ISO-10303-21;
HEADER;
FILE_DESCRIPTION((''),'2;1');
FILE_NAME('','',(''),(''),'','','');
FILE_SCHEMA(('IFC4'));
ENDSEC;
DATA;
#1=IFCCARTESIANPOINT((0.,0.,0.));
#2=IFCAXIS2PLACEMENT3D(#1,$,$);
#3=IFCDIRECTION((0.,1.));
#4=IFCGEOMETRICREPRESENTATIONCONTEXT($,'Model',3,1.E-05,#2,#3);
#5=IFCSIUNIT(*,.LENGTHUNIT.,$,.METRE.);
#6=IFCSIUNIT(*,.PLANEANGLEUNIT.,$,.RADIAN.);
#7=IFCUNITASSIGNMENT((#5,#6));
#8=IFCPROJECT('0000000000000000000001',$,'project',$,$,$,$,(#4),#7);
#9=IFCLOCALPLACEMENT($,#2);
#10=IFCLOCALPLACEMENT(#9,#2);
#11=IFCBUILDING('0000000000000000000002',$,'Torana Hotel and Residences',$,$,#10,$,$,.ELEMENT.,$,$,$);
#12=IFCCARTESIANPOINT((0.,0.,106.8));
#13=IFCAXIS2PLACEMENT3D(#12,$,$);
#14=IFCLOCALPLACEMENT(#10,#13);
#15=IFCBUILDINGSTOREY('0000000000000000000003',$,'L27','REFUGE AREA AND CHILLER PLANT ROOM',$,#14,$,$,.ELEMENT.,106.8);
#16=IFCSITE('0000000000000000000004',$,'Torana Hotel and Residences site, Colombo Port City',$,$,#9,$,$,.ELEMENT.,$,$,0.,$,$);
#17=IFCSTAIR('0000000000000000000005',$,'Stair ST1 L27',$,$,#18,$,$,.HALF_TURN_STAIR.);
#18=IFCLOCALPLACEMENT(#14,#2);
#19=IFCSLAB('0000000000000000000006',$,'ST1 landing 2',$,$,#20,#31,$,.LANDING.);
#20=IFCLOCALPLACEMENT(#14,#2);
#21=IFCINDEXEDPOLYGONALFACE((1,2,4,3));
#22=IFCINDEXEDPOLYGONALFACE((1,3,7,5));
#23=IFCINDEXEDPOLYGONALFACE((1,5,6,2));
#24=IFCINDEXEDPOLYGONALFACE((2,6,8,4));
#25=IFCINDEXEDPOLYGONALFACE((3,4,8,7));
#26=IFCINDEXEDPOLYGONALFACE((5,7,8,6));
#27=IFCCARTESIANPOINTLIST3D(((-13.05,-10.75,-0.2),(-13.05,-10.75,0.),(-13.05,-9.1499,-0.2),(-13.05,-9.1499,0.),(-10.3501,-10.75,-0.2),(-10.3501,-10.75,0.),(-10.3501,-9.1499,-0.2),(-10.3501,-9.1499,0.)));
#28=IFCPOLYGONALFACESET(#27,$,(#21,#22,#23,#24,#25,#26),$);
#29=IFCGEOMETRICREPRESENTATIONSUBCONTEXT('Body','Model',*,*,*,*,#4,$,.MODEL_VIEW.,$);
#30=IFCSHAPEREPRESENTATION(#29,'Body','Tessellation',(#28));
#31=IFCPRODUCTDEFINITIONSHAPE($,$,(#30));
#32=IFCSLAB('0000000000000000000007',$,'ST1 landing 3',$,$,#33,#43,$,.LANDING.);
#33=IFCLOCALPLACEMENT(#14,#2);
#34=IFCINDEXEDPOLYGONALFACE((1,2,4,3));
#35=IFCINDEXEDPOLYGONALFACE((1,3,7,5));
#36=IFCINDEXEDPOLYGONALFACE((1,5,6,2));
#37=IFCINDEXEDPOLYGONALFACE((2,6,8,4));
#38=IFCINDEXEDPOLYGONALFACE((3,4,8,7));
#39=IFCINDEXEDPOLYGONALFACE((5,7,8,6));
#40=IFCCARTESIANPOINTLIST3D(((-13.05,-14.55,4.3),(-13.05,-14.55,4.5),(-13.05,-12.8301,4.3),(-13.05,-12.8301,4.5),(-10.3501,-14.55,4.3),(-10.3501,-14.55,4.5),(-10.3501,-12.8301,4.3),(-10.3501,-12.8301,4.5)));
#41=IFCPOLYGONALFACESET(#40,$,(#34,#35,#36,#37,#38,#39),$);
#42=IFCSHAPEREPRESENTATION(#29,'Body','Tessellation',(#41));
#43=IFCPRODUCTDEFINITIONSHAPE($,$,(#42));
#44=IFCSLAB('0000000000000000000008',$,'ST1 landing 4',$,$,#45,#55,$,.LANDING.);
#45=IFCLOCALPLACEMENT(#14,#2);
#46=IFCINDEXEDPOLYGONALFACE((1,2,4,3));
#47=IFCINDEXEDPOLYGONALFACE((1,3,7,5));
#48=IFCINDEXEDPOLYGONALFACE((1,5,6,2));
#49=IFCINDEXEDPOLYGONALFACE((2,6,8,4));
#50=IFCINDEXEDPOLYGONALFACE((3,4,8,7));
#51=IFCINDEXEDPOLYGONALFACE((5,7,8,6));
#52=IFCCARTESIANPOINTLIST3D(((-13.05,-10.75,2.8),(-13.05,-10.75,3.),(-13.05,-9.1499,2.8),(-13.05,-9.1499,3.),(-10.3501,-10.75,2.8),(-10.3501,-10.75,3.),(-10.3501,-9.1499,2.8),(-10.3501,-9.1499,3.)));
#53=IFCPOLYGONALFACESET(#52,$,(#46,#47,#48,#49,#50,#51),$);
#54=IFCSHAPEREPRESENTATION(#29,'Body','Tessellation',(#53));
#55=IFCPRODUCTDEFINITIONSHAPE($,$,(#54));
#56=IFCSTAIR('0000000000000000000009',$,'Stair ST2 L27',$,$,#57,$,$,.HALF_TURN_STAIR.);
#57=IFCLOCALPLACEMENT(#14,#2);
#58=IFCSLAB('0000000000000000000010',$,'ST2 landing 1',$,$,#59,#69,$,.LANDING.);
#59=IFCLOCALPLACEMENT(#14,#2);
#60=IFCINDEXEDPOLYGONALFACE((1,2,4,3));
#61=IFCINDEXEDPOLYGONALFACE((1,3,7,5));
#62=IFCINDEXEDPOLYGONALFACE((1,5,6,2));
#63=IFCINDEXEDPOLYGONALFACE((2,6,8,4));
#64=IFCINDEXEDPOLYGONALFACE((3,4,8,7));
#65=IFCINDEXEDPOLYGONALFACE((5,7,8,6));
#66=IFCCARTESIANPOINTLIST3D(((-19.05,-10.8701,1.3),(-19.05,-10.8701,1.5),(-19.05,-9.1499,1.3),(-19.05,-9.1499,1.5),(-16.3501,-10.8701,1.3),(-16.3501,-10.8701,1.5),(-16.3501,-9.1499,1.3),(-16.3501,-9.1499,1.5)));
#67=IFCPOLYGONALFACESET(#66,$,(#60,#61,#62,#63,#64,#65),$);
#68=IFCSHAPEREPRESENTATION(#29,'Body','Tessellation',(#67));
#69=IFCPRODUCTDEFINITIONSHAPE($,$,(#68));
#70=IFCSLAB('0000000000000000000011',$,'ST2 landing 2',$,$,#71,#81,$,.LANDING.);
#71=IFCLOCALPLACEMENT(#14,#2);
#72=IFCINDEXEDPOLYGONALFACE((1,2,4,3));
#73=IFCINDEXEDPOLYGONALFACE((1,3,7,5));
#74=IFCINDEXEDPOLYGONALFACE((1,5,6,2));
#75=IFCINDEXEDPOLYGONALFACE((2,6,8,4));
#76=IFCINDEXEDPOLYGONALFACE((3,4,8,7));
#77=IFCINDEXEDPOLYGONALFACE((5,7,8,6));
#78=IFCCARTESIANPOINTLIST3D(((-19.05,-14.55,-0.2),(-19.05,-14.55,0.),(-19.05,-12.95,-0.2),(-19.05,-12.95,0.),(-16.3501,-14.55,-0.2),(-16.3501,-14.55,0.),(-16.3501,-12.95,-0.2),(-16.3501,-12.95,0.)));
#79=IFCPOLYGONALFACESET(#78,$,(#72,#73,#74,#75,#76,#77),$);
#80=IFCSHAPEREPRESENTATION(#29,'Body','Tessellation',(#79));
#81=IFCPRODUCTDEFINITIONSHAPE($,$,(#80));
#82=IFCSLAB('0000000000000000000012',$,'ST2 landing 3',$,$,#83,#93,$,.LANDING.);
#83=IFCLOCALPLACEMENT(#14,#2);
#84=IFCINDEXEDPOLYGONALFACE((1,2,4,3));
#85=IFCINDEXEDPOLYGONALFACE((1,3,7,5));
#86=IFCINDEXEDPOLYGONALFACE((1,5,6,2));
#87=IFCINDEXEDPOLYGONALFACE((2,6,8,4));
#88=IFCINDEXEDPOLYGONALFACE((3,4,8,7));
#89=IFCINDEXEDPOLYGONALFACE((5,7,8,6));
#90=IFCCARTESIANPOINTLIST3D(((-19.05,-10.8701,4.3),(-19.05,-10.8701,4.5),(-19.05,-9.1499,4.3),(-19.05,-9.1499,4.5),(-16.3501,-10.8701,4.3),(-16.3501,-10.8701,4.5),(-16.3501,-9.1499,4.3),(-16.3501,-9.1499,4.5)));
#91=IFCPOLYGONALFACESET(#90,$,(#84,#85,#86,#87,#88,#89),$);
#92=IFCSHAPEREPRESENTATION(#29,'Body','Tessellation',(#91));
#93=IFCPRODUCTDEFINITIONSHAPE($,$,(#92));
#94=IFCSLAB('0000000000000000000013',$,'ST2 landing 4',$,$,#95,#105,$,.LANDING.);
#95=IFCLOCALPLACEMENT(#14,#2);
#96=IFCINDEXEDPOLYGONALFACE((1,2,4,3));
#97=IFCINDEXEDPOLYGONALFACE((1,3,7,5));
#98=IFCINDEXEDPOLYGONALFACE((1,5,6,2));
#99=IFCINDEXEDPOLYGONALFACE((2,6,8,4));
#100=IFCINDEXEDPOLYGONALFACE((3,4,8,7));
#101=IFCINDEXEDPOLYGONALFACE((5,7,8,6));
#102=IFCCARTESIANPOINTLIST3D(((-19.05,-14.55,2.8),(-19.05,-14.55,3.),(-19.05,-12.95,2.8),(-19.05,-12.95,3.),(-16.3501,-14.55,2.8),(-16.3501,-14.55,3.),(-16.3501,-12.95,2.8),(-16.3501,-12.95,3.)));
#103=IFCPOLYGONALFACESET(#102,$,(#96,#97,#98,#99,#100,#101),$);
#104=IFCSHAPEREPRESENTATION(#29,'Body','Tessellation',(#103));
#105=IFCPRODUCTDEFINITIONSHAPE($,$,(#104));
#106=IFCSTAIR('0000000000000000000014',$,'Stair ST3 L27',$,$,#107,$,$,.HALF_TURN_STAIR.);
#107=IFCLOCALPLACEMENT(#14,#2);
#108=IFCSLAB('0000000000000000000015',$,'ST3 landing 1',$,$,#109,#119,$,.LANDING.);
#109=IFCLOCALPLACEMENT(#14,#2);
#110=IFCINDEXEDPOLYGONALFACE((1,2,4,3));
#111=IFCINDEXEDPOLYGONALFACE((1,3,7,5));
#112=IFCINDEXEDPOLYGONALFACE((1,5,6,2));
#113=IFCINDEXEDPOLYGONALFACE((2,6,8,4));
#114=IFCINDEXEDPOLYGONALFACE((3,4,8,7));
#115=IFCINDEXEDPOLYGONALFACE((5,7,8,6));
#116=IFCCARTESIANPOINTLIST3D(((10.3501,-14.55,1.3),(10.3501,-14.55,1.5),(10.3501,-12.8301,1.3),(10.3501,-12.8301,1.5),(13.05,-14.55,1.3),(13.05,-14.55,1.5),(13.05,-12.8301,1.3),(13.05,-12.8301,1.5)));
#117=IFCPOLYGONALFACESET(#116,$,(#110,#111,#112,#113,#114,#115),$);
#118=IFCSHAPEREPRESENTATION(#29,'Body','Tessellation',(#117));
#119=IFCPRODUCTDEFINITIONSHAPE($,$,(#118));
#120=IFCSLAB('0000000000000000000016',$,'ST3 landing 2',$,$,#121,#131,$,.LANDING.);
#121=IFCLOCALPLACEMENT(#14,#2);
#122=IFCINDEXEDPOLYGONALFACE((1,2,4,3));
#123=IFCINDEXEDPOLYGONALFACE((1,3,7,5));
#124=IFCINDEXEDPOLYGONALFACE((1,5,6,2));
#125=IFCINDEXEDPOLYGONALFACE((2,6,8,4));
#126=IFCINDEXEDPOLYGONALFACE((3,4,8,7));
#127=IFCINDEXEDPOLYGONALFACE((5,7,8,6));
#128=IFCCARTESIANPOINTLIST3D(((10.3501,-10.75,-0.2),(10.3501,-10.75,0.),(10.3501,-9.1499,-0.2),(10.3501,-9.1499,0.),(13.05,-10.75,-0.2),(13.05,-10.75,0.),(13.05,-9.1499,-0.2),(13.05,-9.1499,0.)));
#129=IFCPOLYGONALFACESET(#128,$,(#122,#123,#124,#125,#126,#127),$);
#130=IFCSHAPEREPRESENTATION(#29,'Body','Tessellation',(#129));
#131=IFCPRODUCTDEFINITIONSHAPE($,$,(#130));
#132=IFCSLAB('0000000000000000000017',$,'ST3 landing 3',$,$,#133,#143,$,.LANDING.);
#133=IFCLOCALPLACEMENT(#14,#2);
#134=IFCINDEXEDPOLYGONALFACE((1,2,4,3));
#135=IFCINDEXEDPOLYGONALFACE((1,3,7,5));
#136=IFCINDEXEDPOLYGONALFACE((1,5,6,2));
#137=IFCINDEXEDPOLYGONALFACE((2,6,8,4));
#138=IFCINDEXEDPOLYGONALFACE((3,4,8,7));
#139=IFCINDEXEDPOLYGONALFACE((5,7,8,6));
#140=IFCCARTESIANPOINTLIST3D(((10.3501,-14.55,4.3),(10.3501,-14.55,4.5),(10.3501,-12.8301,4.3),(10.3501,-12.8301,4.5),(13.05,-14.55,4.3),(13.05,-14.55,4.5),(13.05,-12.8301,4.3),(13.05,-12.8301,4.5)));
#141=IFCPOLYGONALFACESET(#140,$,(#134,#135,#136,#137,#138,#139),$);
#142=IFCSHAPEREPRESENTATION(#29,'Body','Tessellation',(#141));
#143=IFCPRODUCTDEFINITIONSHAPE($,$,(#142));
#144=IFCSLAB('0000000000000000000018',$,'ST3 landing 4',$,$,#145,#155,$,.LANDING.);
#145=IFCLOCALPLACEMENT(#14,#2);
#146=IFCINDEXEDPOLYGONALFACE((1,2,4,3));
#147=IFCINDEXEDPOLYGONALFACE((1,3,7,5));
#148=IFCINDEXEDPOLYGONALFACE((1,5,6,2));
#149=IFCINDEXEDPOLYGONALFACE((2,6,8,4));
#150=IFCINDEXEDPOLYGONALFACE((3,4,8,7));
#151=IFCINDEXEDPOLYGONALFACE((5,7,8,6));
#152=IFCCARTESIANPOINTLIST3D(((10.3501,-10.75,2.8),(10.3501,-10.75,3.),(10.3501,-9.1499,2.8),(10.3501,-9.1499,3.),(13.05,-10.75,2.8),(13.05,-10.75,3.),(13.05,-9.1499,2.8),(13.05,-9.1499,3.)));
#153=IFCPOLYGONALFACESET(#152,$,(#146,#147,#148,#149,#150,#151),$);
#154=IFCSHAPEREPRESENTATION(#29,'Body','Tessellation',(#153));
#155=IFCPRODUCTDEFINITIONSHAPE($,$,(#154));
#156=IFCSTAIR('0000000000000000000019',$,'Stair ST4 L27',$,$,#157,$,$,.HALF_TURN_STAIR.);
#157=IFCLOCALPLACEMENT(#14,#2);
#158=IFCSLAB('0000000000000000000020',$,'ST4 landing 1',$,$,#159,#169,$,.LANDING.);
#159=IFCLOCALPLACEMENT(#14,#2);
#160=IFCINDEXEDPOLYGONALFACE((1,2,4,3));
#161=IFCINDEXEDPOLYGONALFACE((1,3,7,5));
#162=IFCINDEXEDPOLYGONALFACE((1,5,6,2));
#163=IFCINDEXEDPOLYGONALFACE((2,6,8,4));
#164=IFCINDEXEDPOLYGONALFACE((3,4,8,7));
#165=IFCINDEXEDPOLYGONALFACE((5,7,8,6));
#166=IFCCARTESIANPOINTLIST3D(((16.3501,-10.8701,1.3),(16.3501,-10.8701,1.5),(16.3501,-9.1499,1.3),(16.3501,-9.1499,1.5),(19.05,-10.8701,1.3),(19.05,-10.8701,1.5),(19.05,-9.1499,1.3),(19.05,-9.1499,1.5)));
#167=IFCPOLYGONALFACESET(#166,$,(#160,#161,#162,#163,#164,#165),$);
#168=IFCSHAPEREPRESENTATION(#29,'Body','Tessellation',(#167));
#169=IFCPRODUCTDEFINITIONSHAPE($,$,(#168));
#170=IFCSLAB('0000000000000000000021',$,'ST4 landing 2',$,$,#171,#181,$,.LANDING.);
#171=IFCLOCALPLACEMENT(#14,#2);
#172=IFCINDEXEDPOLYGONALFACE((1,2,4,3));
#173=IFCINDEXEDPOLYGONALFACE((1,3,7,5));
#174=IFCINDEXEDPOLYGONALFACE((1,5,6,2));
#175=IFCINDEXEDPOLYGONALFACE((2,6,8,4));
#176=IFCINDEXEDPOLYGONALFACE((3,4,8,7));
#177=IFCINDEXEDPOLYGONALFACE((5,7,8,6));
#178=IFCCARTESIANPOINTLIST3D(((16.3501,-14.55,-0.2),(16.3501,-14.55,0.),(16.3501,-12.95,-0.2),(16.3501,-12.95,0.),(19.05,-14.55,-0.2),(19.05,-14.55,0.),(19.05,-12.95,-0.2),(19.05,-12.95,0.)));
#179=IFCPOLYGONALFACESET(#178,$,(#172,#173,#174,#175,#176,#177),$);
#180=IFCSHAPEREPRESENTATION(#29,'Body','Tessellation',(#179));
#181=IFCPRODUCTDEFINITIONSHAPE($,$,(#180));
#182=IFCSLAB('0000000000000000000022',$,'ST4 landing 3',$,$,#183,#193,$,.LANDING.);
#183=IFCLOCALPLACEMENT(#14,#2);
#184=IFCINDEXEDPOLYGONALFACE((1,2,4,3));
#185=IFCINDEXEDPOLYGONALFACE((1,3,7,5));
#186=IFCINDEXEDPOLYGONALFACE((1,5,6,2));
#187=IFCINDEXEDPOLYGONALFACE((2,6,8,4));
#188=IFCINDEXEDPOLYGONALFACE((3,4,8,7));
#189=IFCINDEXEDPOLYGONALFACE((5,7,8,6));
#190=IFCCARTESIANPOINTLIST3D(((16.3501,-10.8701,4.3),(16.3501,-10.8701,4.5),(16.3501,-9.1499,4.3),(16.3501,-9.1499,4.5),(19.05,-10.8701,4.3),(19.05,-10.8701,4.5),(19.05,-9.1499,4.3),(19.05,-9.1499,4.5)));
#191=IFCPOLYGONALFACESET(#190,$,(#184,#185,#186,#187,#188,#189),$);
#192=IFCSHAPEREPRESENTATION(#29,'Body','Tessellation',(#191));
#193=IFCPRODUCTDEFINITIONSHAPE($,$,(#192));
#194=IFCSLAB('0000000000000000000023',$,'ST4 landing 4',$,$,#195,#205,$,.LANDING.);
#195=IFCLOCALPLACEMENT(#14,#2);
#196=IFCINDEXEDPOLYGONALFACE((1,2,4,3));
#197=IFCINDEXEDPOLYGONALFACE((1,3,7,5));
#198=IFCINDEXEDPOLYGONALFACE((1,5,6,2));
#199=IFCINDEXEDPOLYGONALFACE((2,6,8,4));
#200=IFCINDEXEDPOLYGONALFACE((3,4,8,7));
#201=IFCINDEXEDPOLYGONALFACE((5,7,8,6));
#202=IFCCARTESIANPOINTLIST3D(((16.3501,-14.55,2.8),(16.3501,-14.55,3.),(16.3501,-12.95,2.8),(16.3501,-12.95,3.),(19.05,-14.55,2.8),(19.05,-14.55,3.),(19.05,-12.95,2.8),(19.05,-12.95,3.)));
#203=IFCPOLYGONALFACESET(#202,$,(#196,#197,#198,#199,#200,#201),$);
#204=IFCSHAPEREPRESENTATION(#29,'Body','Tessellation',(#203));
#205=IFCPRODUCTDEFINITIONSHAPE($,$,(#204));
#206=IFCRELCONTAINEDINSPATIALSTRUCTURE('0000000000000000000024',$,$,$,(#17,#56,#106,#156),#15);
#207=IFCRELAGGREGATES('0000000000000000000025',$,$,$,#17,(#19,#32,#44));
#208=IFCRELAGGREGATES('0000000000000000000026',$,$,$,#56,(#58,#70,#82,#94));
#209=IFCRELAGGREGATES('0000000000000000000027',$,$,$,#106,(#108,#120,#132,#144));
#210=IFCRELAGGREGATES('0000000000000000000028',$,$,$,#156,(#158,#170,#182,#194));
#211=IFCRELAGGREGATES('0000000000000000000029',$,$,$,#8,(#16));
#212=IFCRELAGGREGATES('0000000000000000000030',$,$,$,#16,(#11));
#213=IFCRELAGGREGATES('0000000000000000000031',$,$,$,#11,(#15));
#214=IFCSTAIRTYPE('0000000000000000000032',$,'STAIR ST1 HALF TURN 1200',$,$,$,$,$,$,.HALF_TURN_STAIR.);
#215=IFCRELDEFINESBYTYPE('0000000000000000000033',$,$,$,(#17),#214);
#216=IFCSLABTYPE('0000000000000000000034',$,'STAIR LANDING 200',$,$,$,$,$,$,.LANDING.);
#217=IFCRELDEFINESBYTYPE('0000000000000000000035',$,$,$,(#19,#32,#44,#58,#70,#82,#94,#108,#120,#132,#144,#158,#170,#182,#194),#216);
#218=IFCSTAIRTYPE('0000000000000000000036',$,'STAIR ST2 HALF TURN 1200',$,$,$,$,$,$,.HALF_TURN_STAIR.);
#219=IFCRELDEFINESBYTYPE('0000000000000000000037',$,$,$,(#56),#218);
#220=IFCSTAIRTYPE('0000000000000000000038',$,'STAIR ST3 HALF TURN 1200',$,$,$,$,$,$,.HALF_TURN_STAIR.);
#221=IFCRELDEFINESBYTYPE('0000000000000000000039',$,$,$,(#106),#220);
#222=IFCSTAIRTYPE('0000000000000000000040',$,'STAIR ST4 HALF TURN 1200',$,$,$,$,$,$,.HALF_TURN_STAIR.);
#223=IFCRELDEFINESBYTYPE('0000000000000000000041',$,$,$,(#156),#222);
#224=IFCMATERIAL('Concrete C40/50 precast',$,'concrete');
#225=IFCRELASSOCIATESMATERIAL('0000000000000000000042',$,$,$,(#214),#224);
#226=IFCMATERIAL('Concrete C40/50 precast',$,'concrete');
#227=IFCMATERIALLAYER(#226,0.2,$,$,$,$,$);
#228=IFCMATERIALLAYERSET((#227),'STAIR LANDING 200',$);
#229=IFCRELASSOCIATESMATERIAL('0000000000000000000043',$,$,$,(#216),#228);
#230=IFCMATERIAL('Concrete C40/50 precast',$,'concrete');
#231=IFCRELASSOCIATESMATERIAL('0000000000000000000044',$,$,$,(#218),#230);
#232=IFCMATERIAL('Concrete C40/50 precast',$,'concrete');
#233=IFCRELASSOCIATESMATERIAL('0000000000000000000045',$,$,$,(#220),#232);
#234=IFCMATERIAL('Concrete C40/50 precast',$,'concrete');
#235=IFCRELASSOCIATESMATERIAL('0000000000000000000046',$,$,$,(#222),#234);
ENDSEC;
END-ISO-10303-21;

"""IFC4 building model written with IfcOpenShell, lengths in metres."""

from ifc_helpers import new_model, si_unit, direction, frame, origin, place, context, subcontext, project, spatial, polyline, outline, extrude, material, layer, layer_set, type_object, element, aggregate, save


model = new_model("IFC4")

# Units and contexts
model_context = context("Model", 3, precision=1e-05, world=origin(), true_north=direction((0.0, 1.0)))
body_context = subcontext(model_context, "Body", "Model", "MODEL_VIEW")
ifc_project = project(units=[si_unit("LENGTHUNIT", "METRE"), si_unit("PLANEANGLEUNIT", "RADIAN")], contexts=[model_context])

# Site, building, storey
site_placement = place(None, origin())
site = spatial("IfcSite", under=ifc_project, at=site_placement, Name="Torana Hotel and Residences site, Colombo Port City", CompositionType="ELEMENT", RefElevation=0.0)
building_placement = place(site_placement, origin())
building = spatial("IfcBuilding", under=site, at=building_placement, Name="Torana Hotel and Residences", CompositionType="ELEMENT")
storey_placement = place(building_placement, frame((0.0, 0.0, 106.8)))
storey = spatial("IfcBuildingStorey", under=building, at=storey_placement, Name="L27", Description="REFUGE AREA AND CHILLER PLANT ROOM", CompositionType="ELEMENT", Elevation=106.8)

# Stairs, slabs
ifc_material_1 = material(Name="Concrete C40/50 precast", Category="concrete")
stair_type_1 = type_object("IfcStairType", Name="STAIR ST1 HALF TURN 1200", PredefinedType="HALF_TURN_STAIR", material=ifc_material_1)
stair_1_placement = place(storey_placement, origin())
stair_1 = element("IfcStair", 1, at=stair_1_placement, inside=storey, type_object=stair_type_1, Name="Stair ST1 L27", PredefinedType="HALF_TURN_STAIR")
ifc_material_2 = material(Name="Concrete C40/50 precast", Category="concrete")
ifc_layer_1 = layer(ifc_material_2, 0.2)
ifc_layer_set_1 = layer_set([ifc_layer_1], Name="STAIR LANDING 200")
slab_type_1 = type_object("IfcSlabType", Name="STAIR LANDING 200", PredefinedType="LANDING", material=ifc_layer_set_1)
slab_1_placement = place(storey_placement, frame((0.0, 0.0, -0.2)))
slab_1 = element("IfcSlab", 2, at=slab_1_placement, type_object=slab_type_1, Name="ST1 landing 2", PredefinedType="LANDING", context=body_context, shape_type="SweptSolid", body=[
    extrude(outline(polyline([(-13.05, -10.75), (-10.3501, -10.75), (-10.3501, -9.1499), (-13.05, -9.1499), (-13.05, -10.75)])), origin(), (0.0, 0.0, 1.0), 0.2),
])
slab_2_placement = place(storey_placement, frame((0.0, 0.0, 4.3)))
slab_2 = element("IfcSlab", 3, at=slab_2_placement, type_object=slab_type_1, Name="ST1 landing 3", PredefinedType="LANDING", context=body_context, shape_type="SweptSolid", body=[
    extrude(outline(polyline([(-13.05, -14.55), (-10.3501, -14.55), (-10.3501, -12.8301), (-13.05, -12.8301), (-13.05, -14.55)])), origin(), (0.0, 0.0, 1.0), 0.2),
])
slab_3_placement = place(storey_placement, frame((0.0, 0.0, 2.8)))
slab_3 = element("IfcSlab", 4, at=slab_3_placement, type_object=slab_type_1, Name="ST1 landing 4", PredefinedType="LANDING", context=body_context, shape_type="SweptSolid", body=[
    extrude(outline(polyline([(-13.05, -10.75), (-10.3501, -10.75), (-10.3501, -9.1499), (-13.05, -9.1499), (-13.05, -10.75)])), origin(), (0.0, 0.0, 1.0), 0.2),
])
aggregate(stair_1, [slab_1, slab_2, slab_3])
ifc_material_3 = material(Name="Concrete C40/50 precast", Category="concrete")
stair_type_2 = type_object("IfcStairType", Name="STAIR ST2 HALF TURN 1200", PredefinedType="HALF_TURN_STAIR", material=ifc_material_3)
stair_2_placement = place(storey_placement, origin())
stair_2 = element("IfcStair", 5, at=stair_2_placement, inside=storey, type_object=stair_type_2, Name="Stair ST2 L27", PredefinedType="HALF_TURN_STAIR")
slab_4_placement = place(storey_placement, frame((0.0, 0.0, 1.3)))
slab_4 = element("IfcSlab", 6, at=slab_4_placement, type_object=slab_type_1, Name="ST2 landing 1", PredefinedType="LANDING", context=body_context, shape_type="SweptSolid", body=[
    extrude(outline(polyline([(-19.05, -10.8701), (-16.3501, -10.8701), (-16.3501, -9.1499), (-19.05, -9.1499), (-19.05, -10.8701)])), origin(), (0.0, 0.0, 1.0), 0.2),
])
slab_5_placement = place(storey_placement, frame((0.0, 0.0, -0.2)))
slab_5 = element("IfcSlab", 7, at=slab_5_placement, type_object=slab_type_1, Name="ST2 landing 2", PredefinedType="LANDING", context=body_context, shape_type="SweptSolid", body=[
    extrude(outline(polyline([(-19.05, -14.55), (-16.3501, -14.55), (-16.3501, -12.95), (-19.05, -12.95), (-19.05, -14.55)])), origin(), (0.0, 0.0, 1.0), 0.2),
])
slab_6_placement = place(storey_placement, frame((0.0, 0.0, 4.3)))
slab_6 = element("IfcSlab", 8, at=slab_6_placement, type_object=slab_type_1, Name="ST2 landing 3", PredefinedType="LANDING", context=body_context, shape_type="SweptSolid", body=[
    extrude(outline(polyline([(-19.05, -10.8701), (-16.3501, -10.8701), (-16.3501, -9.1499), (-19.05, -9.1499), (-19.05, -10.8701)])), origin(), (0.0, 0.0, 1.0), 0.2),
])
slab_7_placement = place(storey_placement, frame((0.0, 0.0, 2.8)))
slab_7 = element("IfcSlab", 9, at=slab_7_placement, type_object=slab_type_1, Name="ST2 landing 4", PredefinedType="LANDING", context=body_context, shape_type="SweptSolid", body=[
    extrude(outline(polyline([(-19.05, -14.55), (-16.3501, -14.55), (-16.3501, -12.95), (-19.05, -12.95), (-19.05, -14.55)])), origin(), (0.0, 0.0, 1.0), 0.2),
])
aggregate(stair_2, [slab_4, slab_5, slab_6, slab_7])
ifc_material_4 = material(Name="Concrete C40/50 precast", Category="concrete")
stair_type_3 = type_object("IfcStairType", Name="STAIR ST3 HALF TURN 1200", PredefinedType="HALF_TURN_STAIR", material=ifc_material_4)
stair_3_placement = place(storey_placement, origin())
stair_3 = element("IfcStair", 10, at=stair_3_placement, inside=storey, type_object=stair_type_3, Name="Stair ST3 L27", PredefinedType="HALF_TURN_STAIR")
slab_8_placement = place(storey_placement, frame((0.0, 0.0, 1.3)))
slab_8 = element("IfcSlab", 11, at=slab_8_placement, type_object=slab_type_1, Name="ST3 landing 1", PredefinedType="LANDING", context=body_context, shape_type="SweptSolid", body=[
    extrude(outline(polyline([(10.3501, -14.55), (13.05, -14.55), (13.05, -12.8301), (10.3501, -12.8301), (10.3501, -14.55)])), origin(), (0.0, 0.0, 1.0), 0.2),
])
slab_9_placement = place(storey_placement, frame((0.0, 0.0, -0.2)))
slab_9 = element("IfcSlab", 12, at=slab_9_placement, type_object=slab_type_1, Name="ST3 landing 2", PredefinedType="LANDING", context=body_context, shape_type="SweptSolid", body=[
    extrude(outline(polyline([(10.3501, -10.75), (13.05, -10.75), (13.05, -9.1499), (10.3501, -9.1499), (10.3501, -10.75)])), origin(), (0.0, 0.0, 1.0), 0.2),
])
slab_10_placement = place(storey_placement, frame((0.0, 0.0, 4.3)))
slab_10 = element("IfcSlab", 13, at=slab_10_placement, type_object=slab_type_1, Name="ST3 landing 3", PredefinedType="LANDING", context=body_context, shape_type="SweptSolid", body=[
    extrude(outline(polyline([(10.3501, -14.55), (13.05, -14.55), (13.05, -12.8301), (10.3501, -12.8301), (10.3501, -14.55)])), origin(), (0.0, 0.0, 1.0), 0.2),
])
slab_11_placement = place(storey_placement, frame((0.0, 0.0, 2.8)))
slab_11 = element("IfcSlab", 14, at=slab_11_placement, type_object=slab_type_1, Name="ST3 landing 4", PredefinedType="LANDING", context=body_context, shape_type="SweptSolid", body=[
    extrude(outline(polyline([(10.3501, -10.75), (13.05, -10.75), (13.05, -9.1499), (10.3501, -9.1499), (10.3501, -10.75)])), origin(), (0.0, 0.0, 1.0), 0.2),
])
aggregate(stair_3, [slab_8, slab_9, slab_10, slab_11])
ifc_material_5 = material(Name="Concrete C40/50 precast", Category="concrete")
stair_type_4 = type_object("IfcStairType", Name="STAIR ST4 HALF TURN 1200", PredefinedType="HALF_TURN_STAIR", material=ifc_material_5)
stair_4_placement = place(storey_placement, origin())
stair_4 = element("IfcStair", 15, at=stair_4_placement, inside=storey, type_object=stair_type_4, Name="Stair ST4 L27", PredefinedType="HALF_TURN_STAIR")
slab_12_placement = place(storey_placement, frame((0.0, 0.0, 1.3)))
slab_12 = element("IfcSlab", 16, at=slab_12_placement, type_object=slab_type_1, Name="ST4 landing 1", PredefinedType="LANDING", context=body_context, shape_type="SweptSolid", body=[
    extrude(outline(polyline([(16.3501, -10.8701), (19.05, -10.8701), (19.05, -9.1499), (16.3501, -9.1499), (16.3501, -10.8701)])), origin(), (0.0, 0.0, 1.0), 0.2),
])
slab_13_placement = place(storey_placement, frame((0.0, 0.0, -0.2)))
slab_13 = element("IfcSlab", 17, at=slab_13_placement, type_object=slab_type_1, Name="ST4 landing 2", PredefinedType="LANDING", context=body_context, shape_type="SweptSolid", body=[
    extrude(outline(polyline([(16.3501, -14.55), (19.05, -14.55), (19.05, -12.95), (16.3501, -12.95), (16.3501, -14.55)])), origin(), (0.0, 0.0, 1.0), 0.2),
])
slab_14_placement = place(storey_placement, frame((0.0, 0.0, 4.3)))
slab_14 = element("IfcSlab", 18, at=slab_14_placement, type_object=slab_type_1, Name="ST4 landing 3", PredefinedType="LANDING", context=body_context, shape_type="SweptSolid", body=[
    extrude(outline(polyline([(16.3501, -10.8701), (19.05, -10.8701), (19.05, -9.1499), (16.3501, -9.1499), (16.3501, -10.8701)])), origin(), (0.0, 0.0, 1.0), 0.2),
])
slab_15_placement = place(storey_placement, frame((0.0, 0.0, 2.8)))
slab_15 = element("IfcSlab", 19, at=slab_15_placement, type_object=slab_type_1, Name="ST4 landing 4", PredefinedType="LANDING", context=body_context, shape_type="SweptSolid", body=[
    extrude(outline(polyline([(16.3501, -14.55), (19.05, -14.55), (19.05, -12.95), (16.3501, -12.95), (16.3501, -14.55)])), origin(), (0.0, 0.0, 1.0), 0.2),
])
aggregate(stair_4, [slab_12, slab_13, slab_14, slab_15])

save(model, "model.ifc")
